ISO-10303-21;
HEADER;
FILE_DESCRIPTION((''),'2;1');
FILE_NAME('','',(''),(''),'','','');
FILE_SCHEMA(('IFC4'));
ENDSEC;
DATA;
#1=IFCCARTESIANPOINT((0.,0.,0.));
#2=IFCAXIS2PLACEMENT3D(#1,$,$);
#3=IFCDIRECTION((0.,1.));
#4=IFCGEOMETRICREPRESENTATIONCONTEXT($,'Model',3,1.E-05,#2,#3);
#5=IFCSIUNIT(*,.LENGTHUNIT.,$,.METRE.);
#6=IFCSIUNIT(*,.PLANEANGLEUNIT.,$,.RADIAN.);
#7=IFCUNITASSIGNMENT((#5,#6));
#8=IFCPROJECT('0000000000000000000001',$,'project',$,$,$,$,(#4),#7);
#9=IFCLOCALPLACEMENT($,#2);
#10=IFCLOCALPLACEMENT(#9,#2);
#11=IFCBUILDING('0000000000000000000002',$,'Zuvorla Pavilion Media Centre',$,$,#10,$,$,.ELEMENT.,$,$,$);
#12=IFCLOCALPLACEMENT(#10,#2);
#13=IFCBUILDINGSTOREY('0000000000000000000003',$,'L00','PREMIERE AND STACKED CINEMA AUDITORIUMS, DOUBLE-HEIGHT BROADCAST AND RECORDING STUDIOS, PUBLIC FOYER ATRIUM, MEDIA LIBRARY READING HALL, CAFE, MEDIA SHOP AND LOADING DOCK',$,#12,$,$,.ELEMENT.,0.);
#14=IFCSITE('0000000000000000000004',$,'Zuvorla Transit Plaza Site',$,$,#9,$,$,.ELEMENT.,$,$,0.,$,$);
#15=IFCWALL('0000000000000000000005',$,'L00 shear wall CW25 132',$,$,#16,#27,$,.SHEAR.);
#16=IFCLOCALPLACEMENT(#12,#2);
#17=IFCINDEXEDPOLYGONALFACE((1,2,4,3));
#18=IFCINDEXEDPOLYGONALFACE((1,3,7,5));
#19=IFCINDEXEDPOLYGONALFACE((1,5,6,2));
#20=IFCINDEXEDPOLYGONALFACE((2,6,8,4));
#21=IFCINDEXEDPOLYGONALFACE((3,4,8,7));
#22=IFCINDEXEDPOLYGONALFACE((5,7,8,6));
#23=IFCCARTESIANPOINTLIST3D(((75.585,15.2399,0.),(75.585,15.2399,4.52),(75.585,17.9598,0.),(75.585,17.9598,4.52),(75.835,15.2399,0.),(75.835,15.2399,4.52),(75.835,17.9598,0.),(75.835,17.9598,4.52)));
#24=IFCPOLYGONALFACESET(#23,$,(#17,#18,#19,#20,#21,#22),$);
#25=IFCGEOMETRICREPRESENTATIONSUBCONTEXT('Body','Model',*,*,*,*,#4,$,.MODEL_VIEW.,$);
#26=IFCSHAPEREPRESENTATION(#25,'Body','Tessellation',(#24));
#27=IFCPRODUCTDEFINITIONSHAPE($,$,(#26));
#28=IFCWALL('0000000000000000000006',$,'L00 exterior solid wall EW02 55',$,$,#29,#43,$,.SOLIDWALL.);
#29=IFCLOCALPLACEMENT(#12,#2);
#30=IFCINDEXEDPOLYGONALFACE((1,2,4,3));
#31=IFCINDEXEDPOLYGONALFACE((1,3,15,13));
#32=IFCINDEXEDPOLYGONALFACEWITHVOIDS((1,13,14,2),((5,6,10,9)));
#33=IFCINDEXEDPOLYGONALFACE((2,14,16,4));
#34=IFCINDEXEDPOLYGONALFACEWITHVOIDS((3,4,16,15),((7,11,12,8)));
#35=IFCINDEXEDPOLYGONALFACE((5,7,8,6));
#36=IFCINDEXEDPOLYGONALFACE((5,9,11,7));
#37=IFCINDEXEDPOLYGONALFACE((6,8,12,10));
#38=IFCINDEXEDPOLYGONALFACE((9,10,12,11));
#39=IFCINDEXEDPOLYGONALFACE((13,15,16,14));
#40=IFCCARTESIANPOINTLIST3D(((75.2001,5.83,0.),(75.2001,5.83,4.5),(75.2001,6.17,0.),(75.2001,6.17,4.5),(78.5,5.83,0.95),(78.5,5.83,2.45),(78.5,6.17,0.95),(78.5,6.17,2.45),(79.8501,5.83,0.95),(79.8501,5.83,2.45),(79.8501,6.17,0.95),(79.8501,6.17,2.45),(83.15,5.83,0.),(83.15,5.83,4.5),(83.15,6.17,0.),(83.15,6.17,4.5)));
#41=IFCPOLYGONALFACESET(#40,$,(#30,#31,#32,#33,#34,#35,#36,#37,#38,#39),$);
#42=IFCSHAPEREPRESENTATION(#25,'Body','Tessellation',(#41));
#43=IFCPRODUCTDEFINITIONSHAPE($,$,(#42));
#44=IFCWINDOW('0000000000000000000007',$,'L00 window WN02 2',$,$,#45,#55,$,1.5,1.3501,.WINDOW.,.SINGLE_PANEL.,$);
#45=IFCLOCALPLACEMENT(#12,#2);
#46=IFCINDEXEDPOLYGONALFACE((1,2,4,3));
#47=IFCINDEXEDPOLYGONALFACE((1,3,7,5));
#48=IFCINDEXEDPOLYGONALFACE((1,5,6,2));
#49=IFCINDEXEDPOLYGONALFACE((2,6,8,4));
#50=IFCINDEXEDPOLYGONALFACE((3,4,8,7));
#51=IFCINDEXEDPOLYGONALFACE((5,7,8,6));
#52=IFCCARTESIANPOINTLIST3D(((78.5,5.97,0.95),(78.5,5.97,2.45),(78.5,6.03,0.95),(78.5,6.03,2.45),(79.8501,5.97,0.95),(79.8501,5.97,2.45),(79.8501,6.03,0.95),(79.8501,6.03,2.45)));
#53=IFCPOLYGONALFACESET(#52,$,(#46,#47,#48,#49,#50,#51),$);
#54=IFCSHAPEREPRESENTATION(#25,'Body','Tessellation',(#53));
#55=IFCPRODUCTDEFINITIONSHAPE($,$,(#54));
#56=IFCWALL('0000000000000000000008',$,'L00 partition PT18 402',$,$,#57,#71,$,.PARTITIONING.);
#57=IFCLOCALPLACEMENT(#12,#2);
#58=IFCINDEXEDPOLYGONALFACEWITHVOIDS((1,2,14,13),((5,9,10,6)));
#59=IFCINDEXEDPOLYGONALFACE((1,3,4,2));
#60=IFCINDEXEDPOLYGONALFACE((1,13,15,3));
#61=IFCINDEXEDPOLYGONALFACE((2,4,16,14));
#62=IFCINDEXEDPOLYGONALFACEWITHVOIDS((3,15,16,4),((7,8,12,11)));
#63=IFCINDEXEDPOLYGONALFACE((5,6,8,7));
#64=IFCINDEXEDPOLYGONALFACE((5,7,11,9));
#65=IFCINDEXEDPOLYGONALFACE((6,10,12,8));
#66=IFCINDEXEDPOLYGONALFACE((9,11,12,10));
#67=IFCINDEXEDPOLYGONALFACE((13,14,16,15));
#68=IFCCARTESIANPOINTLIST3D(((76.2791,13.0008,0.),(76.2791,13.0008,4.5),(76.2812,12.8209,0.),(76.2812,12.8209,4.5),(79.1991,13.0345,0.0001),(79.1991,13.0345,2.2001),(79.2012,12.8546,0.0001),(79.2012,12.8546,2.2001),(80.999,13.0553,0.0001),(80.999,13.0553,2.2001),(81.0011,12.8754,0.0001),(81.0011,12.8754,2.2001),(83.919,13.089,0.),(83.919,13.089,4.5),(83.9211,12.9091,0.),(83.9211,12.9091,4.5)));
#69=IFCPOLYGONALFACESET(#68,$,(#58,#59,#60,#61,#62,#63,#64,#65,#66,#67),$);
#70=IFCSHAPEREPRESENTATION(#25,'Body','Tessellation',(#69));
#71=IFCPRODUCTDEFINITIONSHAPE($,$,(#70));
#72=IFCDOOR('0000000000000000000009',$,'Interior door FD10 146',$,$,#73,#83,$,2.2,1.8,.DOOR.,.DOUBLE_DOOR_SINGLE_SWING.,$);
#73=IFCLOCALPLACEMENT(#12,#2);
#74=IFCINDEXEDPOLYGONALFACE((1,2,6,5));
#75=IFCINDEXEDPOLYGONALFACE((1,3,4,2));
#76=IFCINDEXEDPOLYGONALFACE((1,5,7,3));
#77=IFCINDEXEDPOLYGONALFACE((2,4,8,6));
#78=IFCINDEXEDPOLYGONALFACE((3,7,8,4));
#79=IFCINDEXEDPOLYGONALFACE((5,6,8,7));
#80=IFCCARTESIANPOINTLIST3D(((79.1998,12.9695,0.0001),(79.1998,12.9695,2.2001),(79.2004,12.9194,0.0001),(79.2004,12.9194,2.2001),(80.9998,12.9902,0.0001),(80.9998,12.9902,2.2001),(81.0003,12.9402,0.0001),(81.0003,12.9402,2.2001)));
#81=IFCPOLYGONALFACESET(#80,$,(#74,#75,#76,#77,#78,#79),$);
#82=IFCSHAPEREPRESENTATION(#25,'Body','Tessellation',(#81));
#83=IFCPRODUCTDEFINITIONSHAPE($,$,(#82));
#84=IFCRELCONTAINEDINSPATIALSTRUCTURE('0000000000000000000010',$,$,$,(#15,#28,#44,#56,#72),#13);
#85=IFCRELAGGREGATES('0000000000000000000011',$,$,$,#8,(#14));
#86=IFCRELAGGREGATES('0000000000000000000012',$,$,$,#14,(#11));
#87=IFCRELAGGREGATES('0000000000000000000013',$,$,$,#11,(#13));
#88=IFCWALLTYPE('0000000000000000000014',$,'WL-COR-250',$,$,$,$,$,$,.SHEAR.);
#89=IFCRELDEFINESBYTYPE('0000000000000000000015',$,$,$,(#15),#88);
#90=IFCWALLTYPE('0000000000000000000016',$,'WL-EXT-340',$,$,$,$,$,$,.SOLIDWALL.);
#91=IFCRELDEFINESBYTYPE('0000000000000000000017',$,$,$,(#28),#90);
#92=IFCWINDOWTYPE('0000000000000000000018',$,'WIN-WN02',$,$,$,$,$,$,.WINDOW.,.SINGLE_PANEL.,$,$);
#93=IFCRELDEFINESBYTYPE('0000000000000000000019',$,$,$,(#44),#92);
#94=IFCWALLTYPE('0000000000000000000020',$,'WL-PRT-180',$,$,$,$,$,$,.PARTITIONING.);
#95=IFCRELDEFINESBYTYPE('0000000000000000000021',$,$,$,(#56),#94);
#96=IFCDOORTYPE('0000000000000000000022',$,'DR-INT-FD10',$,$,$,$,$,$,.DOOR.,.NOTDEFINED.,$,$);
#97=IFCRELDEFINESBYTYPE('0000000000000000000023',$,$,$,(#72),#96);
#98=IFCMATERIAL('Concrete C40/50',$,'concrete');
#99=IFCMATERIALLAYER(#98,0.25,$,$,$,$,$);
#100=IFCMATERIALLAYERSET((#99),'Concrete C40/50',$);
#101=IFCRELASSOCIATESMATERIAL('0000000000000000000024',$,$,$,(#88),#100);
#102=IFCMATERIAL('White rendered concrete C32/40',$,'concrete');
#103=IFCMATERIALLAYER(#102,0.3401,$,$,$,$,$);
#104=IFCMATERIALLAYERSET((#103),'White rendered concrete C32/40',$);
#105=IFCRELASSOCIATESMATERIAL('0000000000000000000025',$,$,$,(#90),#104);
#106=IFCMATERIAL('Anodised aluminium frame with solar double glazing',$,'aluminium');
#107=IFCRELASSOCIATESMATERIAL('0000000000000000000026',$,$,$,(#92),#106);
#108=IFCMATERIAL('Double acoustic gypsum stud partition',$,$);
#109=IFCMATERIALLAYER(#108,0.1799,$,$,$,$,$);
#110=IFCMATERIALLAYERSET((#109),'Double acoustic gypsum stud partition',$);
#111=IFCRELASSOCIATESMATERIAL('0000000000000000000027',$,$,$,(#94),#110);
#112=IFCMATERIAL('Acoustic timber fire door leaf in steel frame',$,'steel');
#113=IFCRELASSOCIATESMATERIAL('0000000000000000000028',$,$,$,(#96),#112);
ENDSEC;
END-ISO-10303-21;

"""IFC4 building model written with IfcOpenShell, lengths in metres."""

from ifc_helpers import new_model, si_unit, direction, frame, frame_2d, origin, place, context, subcontext, project, spatial, rectangle, extrude, material, layer, layer_set, type_object, element, fill, save


model = new_model("IFC4")

# Units and contexts
model_context = context("Model", 3, precision=1e-05, world=origin(), true_north=direction((0.0, 1.0)))
body_context = subcontext(model_context, "Body", "Model", "MODEL_VIEW")
ifc_project = project(units=[si_unit("LENGTHUNIT", "METRE"), si_unit("PLANEANGLEUNIT", "RADIAN")], contexts=[model_context])

# Site, building, storey
site_placement = place(None, origin())
site = spatial("IfcSite", under=ifc_project, at=site_placement, Name="Zuvorla Transit Plaza Site", CompositionType="ELEMENT", RefElevation=0.0)
building_placement = place(site_placement, origin())
building = spatial("IfcBuilding", under=site, at=building_placement, Name="Zuvorla Pavilion Media Centre", CompositionType="ELEMENT")
storey_placement = place(building_placement, origin())
storey = spatial("IfcBuildingStorey", under=building, at=storey_placement, Name="L00", Description="PREMIERE AND STACKED CINEMA AUDITORIUMS, DOUBLE-HEIGHT BROADCAST AND RECORDING STUDIOS, PUBLIC FOYER ATRIUM, MEDIA LIBRARY READING HALL, CAFE, MEDIA SHOP AND LOADING DOCK", CompositionType="ELEMENT", Elevation=0.0)

# Shared definitions
ifc_material_1 = material(Name="Concrete C40/50", Category="concrete")

# Shared definitions
ifc_material_2 = material(Name="Acoustic timber fire door leaf in steel frame", Category="steel")

# Wall
ifc_layer_1 = layer(ifc_material_1, 0.25)
ifc_layer_set_1 = layer_set([ifc_layer_1], Name="Concrete C40/50")
wall_type_1 = type_object("IfcWallType", Name="WL-COR-250", PredefinedType="SHEAR", material=ifc_layer_set_1)
wall_1_placement = place(storey_placement, frame((75.71, 15.24, 0.0), z_axis=(0.0, 0.0, 1.0), x_axis=(0.0, 1.0, 0.0)))
element("IfcWall", 1, at=wall_1_placement, inside=storey, type_object=wall_type_1, Name="L00 shear wall CW25 132", PredefinedType="SHEAR", context=body_context, shape_type="SweptSolid", body=[
    extrude(rectangle(XDim=2.72, YDim=0.25, at=frame_2d((1.3599, 0.0))), origin(), (0.0, 0.0, 1.0), 4.52),
])

# Wall, opening, window
ifc_material_3 = material(Name="White rendered concrete C32/40", Category="concrete")
ifc_layer_2 = layer(ifc_material_3, 0.3401)
ifc_layer_set_2 = layer_set([ifc_layer_2], Name="White rendered concrete C32/40")
wall_type_2 = type_object("IfcWallType", Name="WL-EXT-340", PredefinedType="SOLIDWALL", material=ifc_layer_set_2)
wall_2_placement = place(storey_placement, frame((75.2, 6.0, 0.0), z_axis=(0.0, 0.0, 1.0), x_axis=(1.0, 0.0, 0.0)))
wall_2 = element("IfcWall", 2, at=wall_2_placement, inside=storey, type_object=wall_type_2, Name="L00 exterior solid wall EW02 55", PredefinedType="SOLIDWALL", context=body_context, shape_type="SweptSolid", body=[
    extrude(rectangle(XDim=7.95, YDim=0.3401, at=frame_2d((3.9751, 0.0))), origin(), (0.0, 0.0, 1.0), 4.5),
])
opening_1_placement = place(wall_2_placement, frame((3.3, 0.0, 0.95)))
opening_1 = element("IfcOpeningElement", 3, at=opening_1_placement, cuts=wall_2, PredefinedType="OPENING", context=body_context, shape_type="SweptSolid", body=[
    extrude(rectangle(XDim=1.3501, YDim=1.5, at=frame_2d((0.675, 0.75))), frame((0.0, 0.1799, 0.0), z_axis=(0.0, -1.0, 0.0), x_axis=(1.0, 0.0, 0.0)), (0.0, 0.0, 1.0), 0.3601),
])
ifc_material_4 = material(Name="Anodised aluminium frame with solar double glazing", Category="aluminium")
window_type = type_object("IfcWindowType", Name="WIN-WN02", PartitioningType="SINGLE_PANEL", PredefinedType="WINDOW", material=ifc_material_4)
window_placement = place(opening_1_placement, origin())
window = element("IfcWindow", 4, at=window_placement, inside=storey, type_object=window_type, Name="L00 window WN02 2", OverallHeight=1.5, OverallWidth=1.3501, PartitioningType="SINGLE_PANEL", PredefinedType="WINDOW", context=body_context, shape_type="SweptSolid", body=[
    extrude(rectangle(XDim=1.3501, YDim=1.5, at=frame_2d((0.675, 0.75))), frame((0.0, 0.03, 0.0), z_axis=(0.0, -1.0, 0.0), x_axis=(1.0, 0.0, 0.0)), (0.0, 0.0, 1.0), 0.0601),
])
fill(opening_1, window)

# Wall, opening, door
ifc_material_5 = material(Name="Double acoustic gypsum stud partition")
ifc_layer_3 = layer(ifc_material_5, 0.1799)
ifc_layer_set_3 = layer_set([ifc_layer_3], Name="Double acoustic gypsum stud partition")
wall_type_3 = type_object("IfcWallType", Name="WL-PRT-180", PredefinedType="PARTITIONING", material=ifc_layer_set_3)
wall_3_placement = place(storey_placement, frame((76.28, 12.9109, 0.0), z_axis=(0.0, 0.0, 1.0), x_axis=(0.999933, 0.011535, 0.0)))
wall_3 = element("IfcWall", 5, at=wall_3_placement, inside=storey, type_object=wall_type_3, Name="L00 partition PT18 402", PredefinedType="PARTITIONING", context=body_context, shape_type="SweptSolid", body=[
    extrude(rectangle(XDim=7.6404, YDim=0.1799, at=frame_2d((3.8203, 0.0))), origin(), (0.0, 0.0, 1.0), 4.5),
])
opening_2_placement = place(wall_3_placement, frame((2.9204, 0.0, 0.0)))
opening_2 = element("IfcOpeningElement", 6, at=opening_2_placement, cuts=wall_3, PredefinedType="OPENING", context=body_context, shape_type="SweptSolid", body=[
    extrude(rectangle(XDim=1.8, YDim=2.2, at=frame_2d((0.8999, 1.1001))), frame((0.0, 0.0999, 0.0), z_axis=(0.0, -1.0, 0.0), x_axis=(1.0, 0.0, 0.0)), (0.0, 0.0, 1.0), 0.2),
])
door_type_1 = type_object("IfcDoorType", Name="DR-INT-FD10", OperationType="NOTDEFINED", PredefinedType="DOOR", material=ifc_material_2)
door_1_placement = place(opening_2_placement, origin())
door_1 = element("IfcDoor", 7, at=door_1_placement, inside=storey, type_object=door_type_1, Name="Interior door FD10 146", OperationType="DOUBLE_DOOR_SINGLE_SWING", OverallHeight=2.2, OverallWidth=1.8, PredefinedType="DOOR", context=body_context, shape_type="SweptSolid", body=[
    extrude(rectangle(XDim=1.8, YDim=2.2, at=frame_2d((0.8999, 1.1001))), frame((0.0, 0.0249, 0.0), z_axis=(0.0, -1.0, 0.0), x_axis=(1.0, 0.0, 0.0)), (0.0, 0.0, 1.0), 0.05),
])
fill(opening_2, door_1)

save(model, "model.ifc")
